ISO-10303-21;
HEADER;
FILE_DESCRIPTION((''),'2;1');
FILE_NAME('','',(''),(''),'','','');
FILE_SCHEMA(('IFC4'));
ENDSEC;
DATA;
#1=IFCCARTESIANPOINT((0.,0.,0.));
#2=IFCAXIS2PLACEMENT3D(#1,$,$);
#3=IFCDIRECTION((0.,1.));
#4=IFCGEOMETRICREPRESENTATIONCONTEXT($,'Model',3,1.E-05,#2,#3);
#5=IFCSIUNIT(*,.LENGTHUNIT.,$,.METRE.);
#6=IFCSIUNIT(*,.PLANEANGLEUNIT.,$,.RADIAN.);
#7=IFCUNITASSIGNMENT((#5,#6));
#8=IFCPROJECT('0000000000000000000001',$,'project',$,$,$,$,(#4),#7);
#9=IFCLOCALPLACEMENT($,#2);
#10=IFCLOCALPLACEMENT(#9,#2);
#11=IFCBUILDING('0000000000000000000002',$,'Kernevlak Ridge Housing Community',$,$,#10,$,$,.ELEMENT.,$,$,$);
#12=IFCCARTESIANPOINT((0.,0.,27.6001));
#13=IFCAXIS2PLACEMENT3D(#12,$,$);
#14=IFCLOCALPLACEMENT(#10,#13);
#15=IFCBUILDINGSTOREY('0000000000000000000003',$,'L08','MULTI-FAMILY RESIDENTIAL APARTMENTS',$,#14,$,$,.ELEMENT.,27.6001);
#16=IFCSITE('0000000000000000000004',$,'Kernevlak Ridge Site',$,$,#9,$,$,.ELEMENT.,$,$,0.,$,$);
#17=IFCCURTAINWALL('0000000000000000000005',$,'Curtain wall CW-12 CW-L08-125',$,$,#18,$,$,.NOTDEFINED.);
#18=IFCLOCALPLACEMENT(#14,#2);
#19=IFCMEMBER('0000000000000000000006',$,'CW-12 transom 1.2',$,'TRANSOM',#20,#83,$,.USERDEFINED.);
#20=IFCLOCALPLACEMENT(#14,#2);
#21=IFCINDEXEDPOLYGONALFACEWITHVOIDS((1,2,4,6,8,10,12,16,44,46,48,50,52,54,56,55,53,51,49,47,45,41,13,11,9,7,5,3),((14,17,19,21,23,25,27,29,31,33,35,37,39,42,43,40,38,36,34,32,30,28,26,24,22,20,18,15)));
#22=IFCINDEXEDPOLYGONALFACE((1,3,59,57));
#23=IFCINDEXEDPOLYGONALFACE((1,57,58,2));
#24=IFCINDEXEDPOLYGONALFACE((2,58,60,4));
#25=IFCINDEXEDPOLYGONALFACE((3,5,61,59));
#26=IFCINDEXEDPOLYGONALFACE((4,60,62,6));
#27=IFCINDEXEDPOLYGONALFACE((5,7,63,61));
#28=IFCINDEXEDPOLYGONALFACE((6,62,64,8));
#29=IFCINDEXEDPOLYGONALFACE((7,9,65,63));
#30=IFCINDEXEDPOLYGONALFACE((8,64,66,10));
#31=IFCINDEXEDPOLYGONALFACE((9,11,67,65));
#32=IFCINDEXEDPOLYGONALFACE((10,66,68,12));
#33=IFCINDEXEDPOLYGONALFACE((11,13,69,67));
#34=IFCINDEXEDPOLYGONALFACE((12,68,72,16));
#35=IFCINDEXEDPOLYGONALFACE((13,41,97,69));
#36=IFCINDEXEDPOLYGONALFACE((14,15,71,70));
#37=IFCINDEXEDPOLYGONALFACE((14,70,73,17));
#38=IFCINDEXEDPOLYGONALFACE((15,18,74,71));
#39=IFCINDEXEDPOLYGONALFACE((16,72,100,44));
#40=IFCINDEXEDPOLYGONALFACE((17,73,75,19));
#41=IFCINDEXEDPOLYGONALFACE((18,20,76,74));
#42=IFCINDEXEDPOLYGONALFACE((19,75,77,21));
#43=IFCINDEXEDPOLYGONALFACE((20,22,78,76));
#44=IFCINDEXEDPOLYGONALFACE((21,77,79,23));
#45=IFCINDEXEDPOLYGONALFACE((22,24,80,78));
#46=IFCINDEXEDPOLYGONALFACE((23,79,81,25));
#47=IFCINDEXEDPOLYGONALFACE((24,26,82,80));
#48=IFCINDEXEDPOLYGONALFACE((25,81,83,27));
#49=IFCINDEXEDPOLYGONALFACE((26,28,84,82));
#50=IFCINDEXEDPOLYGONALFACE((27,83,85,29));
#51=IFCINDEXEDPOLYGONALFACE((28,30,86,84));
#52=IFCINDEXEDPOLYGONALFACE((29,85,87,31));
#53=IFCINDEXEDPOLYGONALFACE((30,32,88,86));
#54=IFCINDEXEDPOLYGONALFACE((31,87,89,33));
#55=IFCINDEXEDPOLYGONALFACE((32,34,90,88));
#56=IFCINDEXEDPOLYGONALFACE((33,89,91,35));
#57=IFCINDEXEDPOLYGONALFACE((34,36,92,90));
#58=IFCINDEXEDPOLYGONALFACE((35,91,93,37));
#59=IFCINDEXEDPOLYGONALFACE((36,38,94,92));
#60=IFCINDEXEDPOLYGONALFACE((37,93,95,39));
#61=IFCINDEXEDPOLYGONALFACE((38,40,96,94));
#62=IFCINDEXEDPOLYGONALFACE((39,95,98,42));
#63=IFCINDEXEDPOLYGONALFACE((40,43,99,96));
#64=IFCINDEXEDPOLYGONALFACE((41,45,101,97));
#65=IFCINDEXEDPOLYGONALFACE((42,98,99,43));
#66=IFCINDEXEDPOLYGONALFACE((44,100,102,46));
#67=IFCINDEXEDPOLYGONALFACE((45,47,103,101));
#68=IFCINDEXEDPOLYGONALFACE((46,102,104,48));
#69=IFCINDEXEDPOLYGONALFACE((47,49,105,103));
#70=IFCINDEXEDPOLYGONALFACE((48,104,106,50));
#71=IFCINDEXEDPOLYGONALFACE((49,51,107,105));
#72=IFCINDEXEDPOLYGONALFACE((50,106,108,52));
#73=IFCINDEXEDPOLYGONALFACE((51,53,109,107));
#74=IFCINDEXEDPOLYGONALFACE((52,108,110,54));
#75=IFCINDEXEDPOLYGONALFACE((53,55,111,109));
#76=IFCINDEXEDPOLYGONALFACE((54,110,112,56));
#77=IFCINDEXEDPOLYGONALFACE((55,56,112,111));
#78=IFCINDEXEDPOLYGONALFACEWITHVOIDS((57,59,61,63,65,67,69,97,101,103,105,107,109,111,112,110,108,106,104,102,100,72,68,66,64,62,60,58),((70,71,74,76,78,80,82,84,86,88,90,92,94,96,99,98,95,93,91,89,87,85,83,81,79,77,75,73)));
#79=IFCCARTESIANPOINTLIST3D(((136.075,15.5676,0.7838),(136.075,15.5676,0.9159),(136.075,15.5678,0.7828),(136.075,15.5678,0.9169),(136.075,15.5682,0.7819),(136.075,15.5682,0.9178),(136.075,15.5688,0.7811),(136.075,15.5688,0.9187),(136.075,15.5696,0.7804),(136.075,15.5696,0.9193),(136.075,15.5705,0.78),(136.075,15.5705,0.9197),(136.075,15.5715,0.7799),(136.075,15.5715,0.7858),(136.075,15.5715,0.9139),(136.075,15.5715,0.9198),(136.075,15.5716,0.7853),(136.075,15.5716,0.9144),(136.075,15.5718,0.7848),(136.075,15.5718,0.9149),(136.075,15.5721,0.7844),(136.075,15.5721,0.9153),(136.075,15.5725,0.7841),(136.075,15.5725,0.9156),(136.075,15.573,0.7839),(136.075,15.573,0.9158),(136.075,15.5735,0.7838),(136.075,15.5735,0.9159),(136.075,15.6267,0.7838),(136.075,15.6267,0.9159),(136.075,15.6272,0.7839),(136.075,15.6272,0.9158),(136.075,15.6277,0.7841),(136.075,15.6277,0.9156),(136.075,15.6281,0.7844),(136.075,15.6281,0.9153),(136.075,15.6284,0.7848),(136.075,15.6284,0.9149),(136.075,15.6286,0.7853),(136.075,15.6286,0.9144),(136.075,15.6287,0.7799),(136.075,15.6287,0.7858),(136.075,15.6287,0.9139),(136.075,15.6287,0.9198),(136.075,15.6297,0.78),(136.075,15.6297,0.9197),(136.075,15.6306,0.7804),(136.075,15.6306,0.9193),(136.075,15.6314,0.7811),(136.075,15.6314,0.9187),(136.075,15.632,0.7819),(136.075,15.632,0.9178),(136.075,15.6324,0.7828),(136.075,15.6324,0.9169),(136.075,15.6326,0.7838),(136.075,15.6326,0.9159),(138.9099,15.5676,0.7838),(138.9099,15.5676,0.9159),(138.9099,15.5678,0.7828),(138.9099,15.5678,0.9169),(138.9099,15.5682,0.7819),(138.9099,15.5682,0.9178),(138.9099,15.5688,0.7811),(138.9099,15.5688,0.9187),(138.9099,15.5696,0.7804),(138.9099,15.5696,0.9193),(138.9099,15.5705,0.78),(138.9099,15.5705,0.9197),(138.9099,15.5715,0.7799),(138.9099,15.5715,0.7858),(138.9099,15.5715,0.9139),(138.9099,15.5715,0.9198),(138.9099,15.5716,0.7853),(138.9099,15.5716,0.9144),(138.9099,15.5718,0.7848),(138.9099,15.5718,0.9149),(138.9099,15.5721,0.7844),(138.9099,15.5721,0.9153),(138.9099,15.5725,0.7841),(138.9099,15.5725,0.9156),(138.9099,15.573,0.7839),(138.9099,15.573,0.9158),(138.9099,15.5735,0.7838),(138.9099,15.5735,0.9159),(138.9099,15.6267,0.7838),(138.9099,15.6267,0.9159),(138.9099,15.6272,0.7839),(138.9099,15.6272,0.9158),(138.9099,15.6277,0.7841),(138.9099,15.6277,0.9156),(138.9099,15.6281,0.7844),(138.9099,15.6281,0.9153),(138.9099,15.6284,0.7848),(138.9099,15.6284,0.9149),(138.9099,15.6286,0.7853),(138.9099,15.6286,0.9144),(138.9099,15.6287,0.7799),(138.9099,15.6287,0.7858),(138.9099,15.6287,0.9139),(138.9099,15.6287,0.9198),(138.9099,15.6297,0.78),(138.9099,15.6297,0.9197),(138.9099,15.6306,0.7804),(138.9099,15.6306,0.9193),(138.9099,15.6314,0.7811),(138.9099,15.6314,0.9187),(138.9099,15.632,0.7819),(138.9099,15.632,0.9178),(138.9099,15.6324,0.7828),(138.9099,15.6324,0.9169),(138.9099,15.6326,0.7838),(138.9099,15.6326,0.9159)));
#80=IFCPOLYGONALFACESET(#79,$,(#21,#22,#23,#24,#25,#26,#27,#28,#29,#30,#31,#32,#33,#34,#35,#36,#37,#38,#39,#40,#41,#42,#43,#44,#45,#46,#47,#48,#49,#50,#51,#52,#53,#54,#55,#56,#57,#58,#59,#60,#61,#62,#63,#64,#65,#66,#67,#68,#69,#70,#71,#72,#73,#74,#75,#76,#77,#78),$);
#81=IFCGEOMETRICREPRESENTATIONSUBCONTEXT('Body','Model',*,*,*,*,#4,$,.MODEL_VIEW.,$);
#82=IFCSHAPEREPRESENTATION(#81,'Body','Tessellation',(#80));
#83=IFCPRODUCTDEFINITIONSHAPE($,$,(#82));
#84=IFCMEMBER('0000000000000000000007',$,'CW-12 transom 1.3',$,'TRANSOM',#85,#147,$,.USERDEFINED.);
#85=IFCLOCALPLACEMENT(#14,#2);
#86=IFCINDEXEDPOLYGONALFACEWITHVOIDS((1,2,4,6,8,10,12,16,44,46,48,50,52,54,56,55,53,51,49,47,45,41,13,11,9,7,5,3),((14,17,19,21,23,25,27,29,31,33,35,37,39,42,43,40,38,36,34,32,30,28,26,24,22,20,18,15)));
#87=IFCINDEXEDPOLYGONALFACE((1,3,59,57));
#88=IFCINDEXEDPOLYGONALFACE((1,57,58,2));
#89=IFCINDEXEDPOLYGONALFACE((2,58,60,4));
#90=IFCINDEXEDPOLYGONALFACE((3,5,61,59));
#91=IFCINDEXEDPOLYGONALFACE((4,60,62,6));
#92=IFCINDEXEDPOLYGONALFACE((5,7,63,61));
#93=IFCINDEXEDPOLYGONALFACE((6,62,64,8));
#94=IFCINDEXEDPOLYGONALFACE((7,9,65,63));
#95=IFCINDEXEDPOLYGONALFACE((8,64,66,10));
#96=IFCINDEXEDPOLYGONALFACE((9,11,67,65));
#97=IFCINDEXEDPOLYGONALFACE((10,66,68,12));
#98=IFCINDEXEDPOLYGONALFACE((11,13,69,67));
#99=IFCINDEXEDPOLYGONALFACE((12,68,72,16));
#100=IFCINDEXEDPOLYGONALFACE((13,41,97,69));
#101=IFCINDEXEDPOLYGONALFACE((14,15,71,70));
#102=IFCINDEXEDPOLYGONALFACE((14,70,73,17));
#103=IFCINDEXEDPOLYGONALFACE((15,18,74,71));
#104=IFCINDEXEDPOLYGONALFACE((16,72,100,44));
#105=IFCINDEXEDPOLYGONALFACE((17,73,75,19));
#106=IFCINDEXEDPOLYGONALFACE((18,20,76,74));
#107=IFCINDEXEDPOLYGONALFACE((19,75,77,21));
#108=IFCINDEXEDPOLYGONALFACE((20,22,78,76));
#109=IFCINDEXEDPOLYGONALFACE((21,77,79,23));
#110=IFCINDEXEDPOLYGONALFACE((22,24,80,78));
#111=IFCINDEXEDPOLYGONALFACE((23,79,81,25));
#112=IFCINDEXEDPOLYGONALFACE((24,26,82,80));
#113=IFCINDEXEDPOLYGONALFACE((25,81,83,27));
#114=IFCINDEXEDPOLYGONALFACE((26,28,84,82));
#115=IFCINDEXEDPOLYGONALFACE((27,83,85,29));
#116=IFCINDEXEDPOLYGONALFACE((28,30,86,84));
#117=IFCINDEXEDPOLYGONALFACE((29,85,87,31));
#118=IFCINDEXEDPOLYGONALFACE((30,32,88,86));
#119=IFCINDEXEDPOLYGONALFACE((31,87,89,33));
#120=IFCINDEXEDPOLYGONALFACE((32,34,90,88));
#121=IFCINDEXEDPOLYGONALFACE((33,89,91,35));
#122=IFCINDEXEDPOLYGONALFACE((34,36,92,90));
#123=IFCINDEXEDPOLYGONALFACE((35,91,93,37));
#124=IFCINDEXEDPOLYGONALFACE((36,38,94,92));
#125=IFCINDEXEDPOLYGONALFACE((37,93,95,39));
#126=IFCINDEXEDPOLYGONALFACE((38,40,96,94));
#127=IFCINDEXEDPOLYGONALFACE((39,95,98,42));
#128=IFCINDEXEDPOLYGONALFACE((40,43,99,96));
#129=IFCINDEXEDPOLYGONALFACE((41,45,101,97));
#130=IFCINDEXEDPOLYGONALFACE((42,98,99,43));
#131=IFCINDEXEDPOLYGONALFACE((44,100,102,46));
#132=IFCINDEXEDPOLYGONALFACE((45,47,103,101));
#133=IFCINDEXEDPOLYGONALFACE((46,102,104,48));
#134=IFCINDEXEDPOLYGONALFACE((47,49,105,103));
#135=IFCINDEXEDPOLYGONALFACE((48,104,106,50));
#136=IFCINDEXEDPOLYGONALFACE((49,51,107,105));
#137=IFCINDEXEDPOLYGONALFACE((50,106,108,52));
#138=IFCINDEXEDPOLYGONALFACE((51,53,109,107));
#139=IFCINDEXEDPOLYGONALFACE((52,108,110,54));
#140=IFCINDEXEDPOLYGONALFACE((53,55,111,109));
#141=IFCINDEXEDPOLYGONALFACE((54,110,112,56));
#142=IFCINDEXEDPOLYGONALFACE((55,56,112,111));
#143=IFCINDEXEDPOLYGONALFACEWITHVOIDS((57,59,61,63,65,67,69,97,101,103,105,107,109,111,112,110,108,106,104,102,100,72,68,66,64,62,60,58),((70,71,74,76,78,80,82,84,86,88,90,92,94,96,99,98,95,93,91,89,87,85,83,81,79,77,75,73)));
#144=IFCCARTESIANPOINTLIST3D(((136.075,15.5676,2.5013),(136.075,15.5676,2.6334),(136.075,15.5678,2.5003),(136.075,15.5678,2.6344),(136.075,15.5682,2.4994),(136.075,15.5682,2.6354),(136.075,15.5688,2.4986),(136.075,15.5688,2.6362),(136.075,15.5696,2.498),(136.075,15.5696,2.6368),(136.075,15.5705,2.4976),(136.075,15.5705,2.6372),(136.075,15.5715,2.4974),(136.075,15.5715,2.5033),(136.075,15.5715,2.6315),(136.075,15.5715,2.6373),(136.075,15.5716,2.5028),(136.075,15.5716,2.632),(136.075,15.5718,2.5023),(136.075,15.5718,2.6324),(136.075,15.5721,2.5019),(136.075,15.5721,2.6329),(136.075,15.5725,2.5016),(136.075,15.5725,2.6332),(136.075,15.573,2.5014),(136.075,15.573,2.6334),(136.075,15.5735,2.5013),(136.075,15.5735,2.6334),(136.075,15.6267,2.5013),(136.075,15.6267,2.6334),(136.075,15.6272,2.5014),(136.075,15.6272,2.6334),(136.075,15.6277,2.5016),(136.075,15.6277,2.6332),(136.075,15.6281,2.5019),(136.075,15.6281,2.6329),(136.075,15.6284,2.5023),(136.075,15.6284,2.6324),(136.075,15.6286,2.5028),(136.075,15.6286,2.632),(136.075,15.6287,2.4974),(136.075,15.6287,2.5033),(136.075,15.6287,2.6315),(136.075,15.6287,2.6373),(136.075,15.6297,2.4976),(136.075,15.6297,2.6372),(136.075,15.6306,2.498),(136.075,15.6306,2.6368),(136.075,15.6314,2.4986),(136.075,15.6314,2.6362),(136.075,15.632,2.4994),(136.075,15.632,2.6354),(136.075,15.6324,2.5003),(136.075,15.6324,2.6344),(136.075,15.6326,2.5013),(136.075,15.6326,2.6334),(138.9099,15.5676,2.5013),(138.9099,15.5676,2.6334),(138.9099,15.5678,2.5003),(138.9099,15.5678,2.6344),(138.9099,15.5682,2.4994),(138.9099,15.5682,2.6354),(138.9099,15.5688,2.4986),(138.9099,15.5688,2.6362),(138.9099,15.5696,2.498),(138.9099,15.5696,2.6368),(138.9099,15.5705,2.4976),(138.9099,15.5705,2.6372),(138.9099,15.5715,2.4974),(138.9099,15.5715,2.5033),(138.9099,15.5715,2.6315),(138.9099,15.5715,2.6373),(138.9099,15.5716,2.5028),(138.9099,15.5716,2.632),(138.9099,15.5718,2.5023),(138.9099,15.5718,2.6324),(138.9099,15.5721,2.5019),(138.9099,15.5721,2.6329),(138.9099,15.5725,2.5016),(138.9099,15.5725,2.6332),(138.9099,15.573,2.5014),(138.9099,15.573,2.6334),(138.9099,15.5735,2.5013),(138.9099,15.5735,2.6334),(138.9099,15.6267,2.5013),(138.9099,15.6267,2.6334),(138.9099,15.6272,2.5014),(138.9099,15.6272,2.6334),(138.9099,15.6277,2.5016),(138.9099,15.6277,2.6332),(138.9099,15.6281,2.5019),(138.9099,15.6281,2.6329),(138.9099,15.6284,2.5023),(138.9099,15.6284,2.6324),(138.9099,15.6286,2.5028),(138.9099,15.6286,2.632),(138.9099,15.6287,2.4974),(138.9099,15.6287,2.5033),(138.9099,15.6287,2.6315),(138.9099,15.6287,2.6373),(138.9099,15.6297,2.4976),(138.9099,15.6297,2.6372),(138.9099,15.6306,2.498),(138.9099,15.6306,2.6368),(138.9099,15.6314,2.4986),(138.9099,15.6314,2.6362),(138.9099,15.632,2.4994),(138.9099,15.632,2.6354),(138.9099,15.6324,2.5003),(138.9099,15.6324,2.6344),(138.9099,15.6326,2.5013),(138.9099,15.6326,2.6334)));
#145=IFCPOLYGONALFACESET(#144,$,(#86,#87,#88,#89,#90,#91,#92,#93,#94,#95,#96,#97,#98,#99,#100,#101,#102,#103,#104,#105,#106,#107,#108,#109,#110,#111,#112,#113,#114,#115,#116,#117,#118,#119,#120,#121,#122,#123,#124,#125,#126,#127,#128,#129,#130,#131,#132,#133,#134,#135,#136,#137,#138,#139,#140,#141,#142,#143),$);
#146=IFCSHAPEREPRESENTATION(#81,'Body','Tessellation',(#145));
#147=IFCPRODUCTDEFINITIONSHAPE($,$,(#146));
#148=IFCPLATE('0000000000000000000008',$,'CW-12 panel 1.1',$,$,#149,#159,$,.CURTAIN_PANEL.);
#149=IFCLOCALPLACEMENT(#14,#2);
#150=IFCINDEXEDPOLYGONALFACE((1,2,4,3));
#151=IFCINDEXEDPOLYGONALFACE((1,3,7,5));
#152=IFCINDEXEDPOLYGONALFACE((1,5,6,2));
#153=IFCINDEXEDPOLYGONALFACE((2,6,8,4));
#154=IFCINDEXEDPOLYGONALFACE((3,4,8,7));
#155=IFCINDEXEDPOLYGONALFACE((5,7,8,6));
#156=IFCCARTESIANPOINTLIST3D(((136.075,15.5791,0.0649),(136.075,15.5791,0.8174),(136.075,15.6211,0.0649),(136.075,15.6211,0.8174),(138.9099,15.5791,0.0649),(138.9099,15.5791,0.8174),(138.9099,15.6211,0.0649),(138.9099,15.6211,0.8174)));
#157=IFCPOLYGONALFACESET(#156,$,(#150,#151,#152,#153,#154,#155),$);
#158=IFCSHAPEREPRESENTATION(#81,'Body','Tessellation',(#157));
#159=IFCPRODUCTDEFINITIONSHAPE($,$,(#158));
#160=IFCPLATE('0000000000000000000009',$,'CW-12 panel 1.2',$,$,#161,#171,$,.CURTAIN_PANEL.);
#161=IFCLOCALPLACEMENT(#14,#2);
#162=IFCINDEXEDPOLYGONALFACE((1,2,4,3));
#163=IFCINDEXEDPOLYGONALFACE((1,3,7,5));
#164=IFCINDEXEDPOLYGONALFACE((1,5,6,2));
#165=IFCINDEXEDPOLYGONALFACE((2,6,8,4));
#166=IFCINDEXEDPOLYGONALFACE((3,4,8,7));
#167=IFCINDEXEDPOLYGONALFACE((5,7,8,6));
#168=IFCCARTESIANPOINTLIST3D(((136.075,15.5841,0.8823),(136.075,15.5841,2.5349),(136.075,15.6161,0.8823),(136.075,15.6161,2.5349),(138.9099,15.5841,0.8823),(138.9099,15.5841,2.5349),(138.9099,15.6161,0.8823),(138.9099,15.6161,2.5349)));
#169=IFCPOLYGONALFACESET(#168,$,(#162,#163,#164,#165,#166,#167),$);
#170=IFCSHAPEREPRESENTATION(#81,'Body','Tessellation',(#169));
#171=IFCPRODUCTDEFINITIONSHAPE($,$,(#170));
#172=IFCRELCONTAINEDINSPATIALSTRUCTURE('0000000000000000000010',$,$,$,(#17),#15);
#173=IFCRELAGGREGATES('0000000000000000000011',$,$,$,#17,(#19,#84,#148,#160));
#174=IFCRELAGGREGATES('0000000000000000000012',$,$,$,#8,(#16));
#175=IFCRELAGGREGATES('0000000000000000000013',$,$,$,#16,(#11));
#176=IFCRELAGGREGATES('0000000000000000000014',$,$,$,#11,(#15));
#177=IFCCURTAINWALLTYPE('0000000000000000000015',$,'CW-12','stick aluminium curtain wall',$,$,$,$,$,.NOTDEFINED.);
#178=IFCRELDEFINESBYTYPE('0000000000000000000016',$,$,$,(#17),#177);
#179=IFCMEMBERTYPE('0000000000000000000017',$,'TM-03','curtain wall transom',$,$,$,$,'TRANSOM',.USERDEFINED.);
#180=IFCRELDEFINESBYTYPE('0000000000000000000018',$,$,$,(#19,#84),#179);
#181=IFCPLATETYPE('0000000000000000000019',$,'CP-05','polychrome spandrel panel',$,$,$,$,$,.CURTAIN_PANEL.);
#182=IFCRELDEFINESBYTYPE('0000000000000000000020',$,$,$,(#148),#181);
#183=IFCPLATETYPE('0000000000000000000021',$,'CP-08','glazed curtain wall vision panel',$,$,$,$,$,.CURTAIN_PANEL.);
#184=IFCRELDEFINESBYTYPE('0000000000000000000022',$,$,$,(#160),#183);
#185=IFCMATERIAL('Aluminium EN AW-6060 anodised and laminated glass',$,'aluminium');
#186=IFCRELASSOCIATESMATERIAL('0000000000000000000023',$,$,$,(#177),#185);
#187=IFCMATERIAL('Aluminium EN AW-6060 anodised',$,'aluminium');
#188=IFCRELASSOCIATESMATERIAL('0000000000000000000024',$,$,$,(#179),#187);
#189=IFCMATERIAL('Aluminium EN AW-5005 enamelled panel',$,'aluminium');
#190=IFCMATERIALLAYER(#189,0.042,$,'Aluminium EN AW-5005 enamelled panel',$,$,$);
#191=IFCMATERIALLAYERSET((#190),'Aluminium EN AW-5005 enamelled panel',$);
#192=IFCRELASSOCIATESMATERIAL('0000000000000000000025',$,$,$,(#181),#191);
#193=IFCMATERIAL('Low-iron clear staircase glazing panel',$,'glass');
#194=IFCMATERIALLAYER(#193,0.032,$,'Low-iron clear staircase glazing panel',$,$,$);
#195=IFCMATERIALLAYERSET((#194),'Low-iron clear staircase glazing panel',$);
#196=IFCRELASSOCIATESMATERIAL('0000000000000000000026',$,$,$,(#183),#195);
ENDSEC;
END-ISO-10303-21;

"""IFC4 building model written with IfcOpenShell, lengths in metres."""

from ifc_helpers import new_model, si_unit, direction, frame, origin, origin_2d, place, context, subcontext, project, spatial, rectangle, hollow_rectangle, extrude, material, layer, layer_set, material_profile, profile_set, type_object, element, aggregate, save


model = new_model("IFC4")

# Units and contexts
model_context = context("Model", 3, precision=1e-05, world=origin(), true_north=direction((0.0, 1.0)))
body_context = subcontext(model_context, "Body", "Model", "MODEL_VIEW")
ifc_project = project(units=[si_unit("LENGTHUNIT", "METRE"), si_unit("PLANEANGLEUNIT", "RADIAN")], contexts=[model_context])

# Site, building, storey
site_placement = place(None, origin())
site = spatial("IfcSite", under=ifc_project, at=site_placement, Name="Kernevlak Ridge Site", CompositionType="ELEMENT", RefElevation=0.0)
building_placement = place(site_placement, origin())
building = spatial("IfcBuilding", under=site, at=building_placement, Name="Kernevlak Ridge Housing Community", CompositionType="ELEMENT")
storey_placement = place(building_placement, frame((0.0, 0.0, 27.6001)))
storey = spatial("IfcBuildingStorey", under=building, at=storey_placement, Name="L08", Description="MULTI-FAMILY RESIDENTIAL APARTMENTS", CompositionType="ELEMENT", Elevation=27.6001)

# Shared definitions
ifc_material_1 = material(Name="Aluminium EN AW-6060 anodised and laminated glass", Category="aluminium")
ifc_material_2 = material(Name="Aluminium EN AW-6060 anodised", Category="aluminium")

# Curtain wall, members, plates
curtain_wall_type_1 = type_object("IfcCurtainWallType", Name="CW-12", Description="stick aluminium curtain wall", PredefinedType="NOTDEFINED", material=ifc_material_1)
curtain_wall_1_placement = place(storey_placement, origin())
curtain_wall_1 = element("IfcCurtainWall", 1, at=curtain_wall_1_placement, inside=storey, type_object=curtain_wall_type_1, Name="Curtain wall CW-12 CW-L08-125", PredefinedType="NOTDEFINED")
ifc_material_profile_1 = material_profile(ifc_material_2, hollow_rectangle(XDim=0.0649, YDim=0.1399, WallThickness=0.0039, InnerFilletRadius=0.002, OuterFilletRadius=0.0039, at=origin_2d()), Name="ALU 65x140x4")
ifc_profile_set_1 = profile_set([ifc_material_profile_1], Name="Aluminium EN AW-6060 anodised")
member_type_1 = type_object("IfcMemberType", Name="TM-03", Description="curtain wall transom", ElementType="TRANSOM", PredefinedType="USERDEFINED", material=ifc_profile_set_1)
member_1_placement = place(storey_placement, frame((136.075, 15.6001, 0.8499), z_axis=(1.0, 0.0, 0.0), x_axis=(0.0, 1.0, 0.0)))
member_1 = element("IfcMember", 2, at=member_1_placement, type_object=member_type_1, Name="CW-12 transom 1.2", ObjectType="TRANSOM", PredefinedType="USERDEFINED", context=body_context, shape_type="SweptSolid", body=[
    extrude(hollow_rectangle(XDim=0.0649, YDim=0.1399, WallThickness=0.0039, InnerFilletRadius=0.002, OuterFilletRadius=0.0039, at=origin_2d()), origin(), (0.0, 0.0, 1.0), 2.835),
])
member_2_placement = place(storey_placement, frame((136.075, 15.6001, 2.5674), z_axis=(1.0, 0.0, 0.0), x_axis=(0.0, 1.0, 0.0)))
member_2 = element("IfcMember", 3, at=member_2_placement, type_object=member_type_1, Name="CW-12 transom 1.3", ObjectType="TRANSOM", PredefinedType="USERDEFINED", context=body_context, shape_type="SweptSolid", body=[
    extrude(hollow_rectangle(XDim=0.0649, YDim=0.1399, WallThickness=0.0039, InnerFilletRadius=0.002, OuterFilletRadius=0.0039, at=origin_2d()), origin(), (0.0, 0.0, 1.0), 2.835),
])
ifc_material_3 = material(Name="Aluminium EN AW-5005 enamelled panel", Category="aluminium")
ifc_layer_1 = layer(ifc_material_3, 0.042, Name="Aluminium EN AW-5005 enamelled panel")
ifc_layer_set_1 = layer_set([ifc_layer_1], Name="Aluminium EN AW-5005 enamelled panel")
plate_type_1 = type_object("IfcPlateType", Name="CP-05", Description="polychrome spandrel panel", PredefinedType="CURTAIN_PANEL", material=ifc_layer_set_1)
plate_1_placement = place(storey_placement, frame((137.4924, 15.6001, 0.0649), z_axis=(0.0, 0.0, 1.0), x_axis=(1.0, 0.0, 0.0)))
plate_1 = element("IfcPlate", 4, at=plate_1_placement, type_object=plate_type_1, Name="CW-12 panel 1.1", PredefinedType="CURTAIN_PANEL", context=body_context, shape_type="SweptSolid", body=[
    extrude(rectangle(XDim=2.835, YDim=0.042, at=origin_2d()), origin(), (0.0, 0.0, 1.0), 0.7524),
])
ifc_material_4 = material(Name="Low-iron clear staircase glazing panel", Category="glass")
ifc_layer_2 = layer(ifc_material_4, 0.032, Name="Low-iron clear staircase glazing panel")
ifc_layer_set_2 = layer_set([ifc_layer_2], Name="Low-iron clear staircase glazing panel")
plate_type_2 = type_object("IfcPlateType", Name="CP-08", Description="glazed curtain wall vision panel", PredefinedType="CURTAIN_PANEL", material=ifc_layer_set_2)
plate_2_placement = place(storey_placement, frame((137.4924, 15.6001, 0.8823), z_axis=(0.0, 0.0, 1.0), x_axis=(1.0, 0.0, 0.0)))
plate_2 = element("IfcPlate", 5, at=plate_2_placement, type_object=plate_type_2, Name="CW-12 panel 1.2", PredefinedType="CURTAIN_PANEL", context=body_context, shape_type="SweptSolid", body=[
    extrude(rectangle(XDim=2.835, YDim=0.032, at=origin_2d()), origin(), (0.0, 0.0, 1.0), 1.6526),
])
aggregate(curtain_wall_1, [member_1, member_2, plate_1, plate_2])

save(model, "model.ifc")
